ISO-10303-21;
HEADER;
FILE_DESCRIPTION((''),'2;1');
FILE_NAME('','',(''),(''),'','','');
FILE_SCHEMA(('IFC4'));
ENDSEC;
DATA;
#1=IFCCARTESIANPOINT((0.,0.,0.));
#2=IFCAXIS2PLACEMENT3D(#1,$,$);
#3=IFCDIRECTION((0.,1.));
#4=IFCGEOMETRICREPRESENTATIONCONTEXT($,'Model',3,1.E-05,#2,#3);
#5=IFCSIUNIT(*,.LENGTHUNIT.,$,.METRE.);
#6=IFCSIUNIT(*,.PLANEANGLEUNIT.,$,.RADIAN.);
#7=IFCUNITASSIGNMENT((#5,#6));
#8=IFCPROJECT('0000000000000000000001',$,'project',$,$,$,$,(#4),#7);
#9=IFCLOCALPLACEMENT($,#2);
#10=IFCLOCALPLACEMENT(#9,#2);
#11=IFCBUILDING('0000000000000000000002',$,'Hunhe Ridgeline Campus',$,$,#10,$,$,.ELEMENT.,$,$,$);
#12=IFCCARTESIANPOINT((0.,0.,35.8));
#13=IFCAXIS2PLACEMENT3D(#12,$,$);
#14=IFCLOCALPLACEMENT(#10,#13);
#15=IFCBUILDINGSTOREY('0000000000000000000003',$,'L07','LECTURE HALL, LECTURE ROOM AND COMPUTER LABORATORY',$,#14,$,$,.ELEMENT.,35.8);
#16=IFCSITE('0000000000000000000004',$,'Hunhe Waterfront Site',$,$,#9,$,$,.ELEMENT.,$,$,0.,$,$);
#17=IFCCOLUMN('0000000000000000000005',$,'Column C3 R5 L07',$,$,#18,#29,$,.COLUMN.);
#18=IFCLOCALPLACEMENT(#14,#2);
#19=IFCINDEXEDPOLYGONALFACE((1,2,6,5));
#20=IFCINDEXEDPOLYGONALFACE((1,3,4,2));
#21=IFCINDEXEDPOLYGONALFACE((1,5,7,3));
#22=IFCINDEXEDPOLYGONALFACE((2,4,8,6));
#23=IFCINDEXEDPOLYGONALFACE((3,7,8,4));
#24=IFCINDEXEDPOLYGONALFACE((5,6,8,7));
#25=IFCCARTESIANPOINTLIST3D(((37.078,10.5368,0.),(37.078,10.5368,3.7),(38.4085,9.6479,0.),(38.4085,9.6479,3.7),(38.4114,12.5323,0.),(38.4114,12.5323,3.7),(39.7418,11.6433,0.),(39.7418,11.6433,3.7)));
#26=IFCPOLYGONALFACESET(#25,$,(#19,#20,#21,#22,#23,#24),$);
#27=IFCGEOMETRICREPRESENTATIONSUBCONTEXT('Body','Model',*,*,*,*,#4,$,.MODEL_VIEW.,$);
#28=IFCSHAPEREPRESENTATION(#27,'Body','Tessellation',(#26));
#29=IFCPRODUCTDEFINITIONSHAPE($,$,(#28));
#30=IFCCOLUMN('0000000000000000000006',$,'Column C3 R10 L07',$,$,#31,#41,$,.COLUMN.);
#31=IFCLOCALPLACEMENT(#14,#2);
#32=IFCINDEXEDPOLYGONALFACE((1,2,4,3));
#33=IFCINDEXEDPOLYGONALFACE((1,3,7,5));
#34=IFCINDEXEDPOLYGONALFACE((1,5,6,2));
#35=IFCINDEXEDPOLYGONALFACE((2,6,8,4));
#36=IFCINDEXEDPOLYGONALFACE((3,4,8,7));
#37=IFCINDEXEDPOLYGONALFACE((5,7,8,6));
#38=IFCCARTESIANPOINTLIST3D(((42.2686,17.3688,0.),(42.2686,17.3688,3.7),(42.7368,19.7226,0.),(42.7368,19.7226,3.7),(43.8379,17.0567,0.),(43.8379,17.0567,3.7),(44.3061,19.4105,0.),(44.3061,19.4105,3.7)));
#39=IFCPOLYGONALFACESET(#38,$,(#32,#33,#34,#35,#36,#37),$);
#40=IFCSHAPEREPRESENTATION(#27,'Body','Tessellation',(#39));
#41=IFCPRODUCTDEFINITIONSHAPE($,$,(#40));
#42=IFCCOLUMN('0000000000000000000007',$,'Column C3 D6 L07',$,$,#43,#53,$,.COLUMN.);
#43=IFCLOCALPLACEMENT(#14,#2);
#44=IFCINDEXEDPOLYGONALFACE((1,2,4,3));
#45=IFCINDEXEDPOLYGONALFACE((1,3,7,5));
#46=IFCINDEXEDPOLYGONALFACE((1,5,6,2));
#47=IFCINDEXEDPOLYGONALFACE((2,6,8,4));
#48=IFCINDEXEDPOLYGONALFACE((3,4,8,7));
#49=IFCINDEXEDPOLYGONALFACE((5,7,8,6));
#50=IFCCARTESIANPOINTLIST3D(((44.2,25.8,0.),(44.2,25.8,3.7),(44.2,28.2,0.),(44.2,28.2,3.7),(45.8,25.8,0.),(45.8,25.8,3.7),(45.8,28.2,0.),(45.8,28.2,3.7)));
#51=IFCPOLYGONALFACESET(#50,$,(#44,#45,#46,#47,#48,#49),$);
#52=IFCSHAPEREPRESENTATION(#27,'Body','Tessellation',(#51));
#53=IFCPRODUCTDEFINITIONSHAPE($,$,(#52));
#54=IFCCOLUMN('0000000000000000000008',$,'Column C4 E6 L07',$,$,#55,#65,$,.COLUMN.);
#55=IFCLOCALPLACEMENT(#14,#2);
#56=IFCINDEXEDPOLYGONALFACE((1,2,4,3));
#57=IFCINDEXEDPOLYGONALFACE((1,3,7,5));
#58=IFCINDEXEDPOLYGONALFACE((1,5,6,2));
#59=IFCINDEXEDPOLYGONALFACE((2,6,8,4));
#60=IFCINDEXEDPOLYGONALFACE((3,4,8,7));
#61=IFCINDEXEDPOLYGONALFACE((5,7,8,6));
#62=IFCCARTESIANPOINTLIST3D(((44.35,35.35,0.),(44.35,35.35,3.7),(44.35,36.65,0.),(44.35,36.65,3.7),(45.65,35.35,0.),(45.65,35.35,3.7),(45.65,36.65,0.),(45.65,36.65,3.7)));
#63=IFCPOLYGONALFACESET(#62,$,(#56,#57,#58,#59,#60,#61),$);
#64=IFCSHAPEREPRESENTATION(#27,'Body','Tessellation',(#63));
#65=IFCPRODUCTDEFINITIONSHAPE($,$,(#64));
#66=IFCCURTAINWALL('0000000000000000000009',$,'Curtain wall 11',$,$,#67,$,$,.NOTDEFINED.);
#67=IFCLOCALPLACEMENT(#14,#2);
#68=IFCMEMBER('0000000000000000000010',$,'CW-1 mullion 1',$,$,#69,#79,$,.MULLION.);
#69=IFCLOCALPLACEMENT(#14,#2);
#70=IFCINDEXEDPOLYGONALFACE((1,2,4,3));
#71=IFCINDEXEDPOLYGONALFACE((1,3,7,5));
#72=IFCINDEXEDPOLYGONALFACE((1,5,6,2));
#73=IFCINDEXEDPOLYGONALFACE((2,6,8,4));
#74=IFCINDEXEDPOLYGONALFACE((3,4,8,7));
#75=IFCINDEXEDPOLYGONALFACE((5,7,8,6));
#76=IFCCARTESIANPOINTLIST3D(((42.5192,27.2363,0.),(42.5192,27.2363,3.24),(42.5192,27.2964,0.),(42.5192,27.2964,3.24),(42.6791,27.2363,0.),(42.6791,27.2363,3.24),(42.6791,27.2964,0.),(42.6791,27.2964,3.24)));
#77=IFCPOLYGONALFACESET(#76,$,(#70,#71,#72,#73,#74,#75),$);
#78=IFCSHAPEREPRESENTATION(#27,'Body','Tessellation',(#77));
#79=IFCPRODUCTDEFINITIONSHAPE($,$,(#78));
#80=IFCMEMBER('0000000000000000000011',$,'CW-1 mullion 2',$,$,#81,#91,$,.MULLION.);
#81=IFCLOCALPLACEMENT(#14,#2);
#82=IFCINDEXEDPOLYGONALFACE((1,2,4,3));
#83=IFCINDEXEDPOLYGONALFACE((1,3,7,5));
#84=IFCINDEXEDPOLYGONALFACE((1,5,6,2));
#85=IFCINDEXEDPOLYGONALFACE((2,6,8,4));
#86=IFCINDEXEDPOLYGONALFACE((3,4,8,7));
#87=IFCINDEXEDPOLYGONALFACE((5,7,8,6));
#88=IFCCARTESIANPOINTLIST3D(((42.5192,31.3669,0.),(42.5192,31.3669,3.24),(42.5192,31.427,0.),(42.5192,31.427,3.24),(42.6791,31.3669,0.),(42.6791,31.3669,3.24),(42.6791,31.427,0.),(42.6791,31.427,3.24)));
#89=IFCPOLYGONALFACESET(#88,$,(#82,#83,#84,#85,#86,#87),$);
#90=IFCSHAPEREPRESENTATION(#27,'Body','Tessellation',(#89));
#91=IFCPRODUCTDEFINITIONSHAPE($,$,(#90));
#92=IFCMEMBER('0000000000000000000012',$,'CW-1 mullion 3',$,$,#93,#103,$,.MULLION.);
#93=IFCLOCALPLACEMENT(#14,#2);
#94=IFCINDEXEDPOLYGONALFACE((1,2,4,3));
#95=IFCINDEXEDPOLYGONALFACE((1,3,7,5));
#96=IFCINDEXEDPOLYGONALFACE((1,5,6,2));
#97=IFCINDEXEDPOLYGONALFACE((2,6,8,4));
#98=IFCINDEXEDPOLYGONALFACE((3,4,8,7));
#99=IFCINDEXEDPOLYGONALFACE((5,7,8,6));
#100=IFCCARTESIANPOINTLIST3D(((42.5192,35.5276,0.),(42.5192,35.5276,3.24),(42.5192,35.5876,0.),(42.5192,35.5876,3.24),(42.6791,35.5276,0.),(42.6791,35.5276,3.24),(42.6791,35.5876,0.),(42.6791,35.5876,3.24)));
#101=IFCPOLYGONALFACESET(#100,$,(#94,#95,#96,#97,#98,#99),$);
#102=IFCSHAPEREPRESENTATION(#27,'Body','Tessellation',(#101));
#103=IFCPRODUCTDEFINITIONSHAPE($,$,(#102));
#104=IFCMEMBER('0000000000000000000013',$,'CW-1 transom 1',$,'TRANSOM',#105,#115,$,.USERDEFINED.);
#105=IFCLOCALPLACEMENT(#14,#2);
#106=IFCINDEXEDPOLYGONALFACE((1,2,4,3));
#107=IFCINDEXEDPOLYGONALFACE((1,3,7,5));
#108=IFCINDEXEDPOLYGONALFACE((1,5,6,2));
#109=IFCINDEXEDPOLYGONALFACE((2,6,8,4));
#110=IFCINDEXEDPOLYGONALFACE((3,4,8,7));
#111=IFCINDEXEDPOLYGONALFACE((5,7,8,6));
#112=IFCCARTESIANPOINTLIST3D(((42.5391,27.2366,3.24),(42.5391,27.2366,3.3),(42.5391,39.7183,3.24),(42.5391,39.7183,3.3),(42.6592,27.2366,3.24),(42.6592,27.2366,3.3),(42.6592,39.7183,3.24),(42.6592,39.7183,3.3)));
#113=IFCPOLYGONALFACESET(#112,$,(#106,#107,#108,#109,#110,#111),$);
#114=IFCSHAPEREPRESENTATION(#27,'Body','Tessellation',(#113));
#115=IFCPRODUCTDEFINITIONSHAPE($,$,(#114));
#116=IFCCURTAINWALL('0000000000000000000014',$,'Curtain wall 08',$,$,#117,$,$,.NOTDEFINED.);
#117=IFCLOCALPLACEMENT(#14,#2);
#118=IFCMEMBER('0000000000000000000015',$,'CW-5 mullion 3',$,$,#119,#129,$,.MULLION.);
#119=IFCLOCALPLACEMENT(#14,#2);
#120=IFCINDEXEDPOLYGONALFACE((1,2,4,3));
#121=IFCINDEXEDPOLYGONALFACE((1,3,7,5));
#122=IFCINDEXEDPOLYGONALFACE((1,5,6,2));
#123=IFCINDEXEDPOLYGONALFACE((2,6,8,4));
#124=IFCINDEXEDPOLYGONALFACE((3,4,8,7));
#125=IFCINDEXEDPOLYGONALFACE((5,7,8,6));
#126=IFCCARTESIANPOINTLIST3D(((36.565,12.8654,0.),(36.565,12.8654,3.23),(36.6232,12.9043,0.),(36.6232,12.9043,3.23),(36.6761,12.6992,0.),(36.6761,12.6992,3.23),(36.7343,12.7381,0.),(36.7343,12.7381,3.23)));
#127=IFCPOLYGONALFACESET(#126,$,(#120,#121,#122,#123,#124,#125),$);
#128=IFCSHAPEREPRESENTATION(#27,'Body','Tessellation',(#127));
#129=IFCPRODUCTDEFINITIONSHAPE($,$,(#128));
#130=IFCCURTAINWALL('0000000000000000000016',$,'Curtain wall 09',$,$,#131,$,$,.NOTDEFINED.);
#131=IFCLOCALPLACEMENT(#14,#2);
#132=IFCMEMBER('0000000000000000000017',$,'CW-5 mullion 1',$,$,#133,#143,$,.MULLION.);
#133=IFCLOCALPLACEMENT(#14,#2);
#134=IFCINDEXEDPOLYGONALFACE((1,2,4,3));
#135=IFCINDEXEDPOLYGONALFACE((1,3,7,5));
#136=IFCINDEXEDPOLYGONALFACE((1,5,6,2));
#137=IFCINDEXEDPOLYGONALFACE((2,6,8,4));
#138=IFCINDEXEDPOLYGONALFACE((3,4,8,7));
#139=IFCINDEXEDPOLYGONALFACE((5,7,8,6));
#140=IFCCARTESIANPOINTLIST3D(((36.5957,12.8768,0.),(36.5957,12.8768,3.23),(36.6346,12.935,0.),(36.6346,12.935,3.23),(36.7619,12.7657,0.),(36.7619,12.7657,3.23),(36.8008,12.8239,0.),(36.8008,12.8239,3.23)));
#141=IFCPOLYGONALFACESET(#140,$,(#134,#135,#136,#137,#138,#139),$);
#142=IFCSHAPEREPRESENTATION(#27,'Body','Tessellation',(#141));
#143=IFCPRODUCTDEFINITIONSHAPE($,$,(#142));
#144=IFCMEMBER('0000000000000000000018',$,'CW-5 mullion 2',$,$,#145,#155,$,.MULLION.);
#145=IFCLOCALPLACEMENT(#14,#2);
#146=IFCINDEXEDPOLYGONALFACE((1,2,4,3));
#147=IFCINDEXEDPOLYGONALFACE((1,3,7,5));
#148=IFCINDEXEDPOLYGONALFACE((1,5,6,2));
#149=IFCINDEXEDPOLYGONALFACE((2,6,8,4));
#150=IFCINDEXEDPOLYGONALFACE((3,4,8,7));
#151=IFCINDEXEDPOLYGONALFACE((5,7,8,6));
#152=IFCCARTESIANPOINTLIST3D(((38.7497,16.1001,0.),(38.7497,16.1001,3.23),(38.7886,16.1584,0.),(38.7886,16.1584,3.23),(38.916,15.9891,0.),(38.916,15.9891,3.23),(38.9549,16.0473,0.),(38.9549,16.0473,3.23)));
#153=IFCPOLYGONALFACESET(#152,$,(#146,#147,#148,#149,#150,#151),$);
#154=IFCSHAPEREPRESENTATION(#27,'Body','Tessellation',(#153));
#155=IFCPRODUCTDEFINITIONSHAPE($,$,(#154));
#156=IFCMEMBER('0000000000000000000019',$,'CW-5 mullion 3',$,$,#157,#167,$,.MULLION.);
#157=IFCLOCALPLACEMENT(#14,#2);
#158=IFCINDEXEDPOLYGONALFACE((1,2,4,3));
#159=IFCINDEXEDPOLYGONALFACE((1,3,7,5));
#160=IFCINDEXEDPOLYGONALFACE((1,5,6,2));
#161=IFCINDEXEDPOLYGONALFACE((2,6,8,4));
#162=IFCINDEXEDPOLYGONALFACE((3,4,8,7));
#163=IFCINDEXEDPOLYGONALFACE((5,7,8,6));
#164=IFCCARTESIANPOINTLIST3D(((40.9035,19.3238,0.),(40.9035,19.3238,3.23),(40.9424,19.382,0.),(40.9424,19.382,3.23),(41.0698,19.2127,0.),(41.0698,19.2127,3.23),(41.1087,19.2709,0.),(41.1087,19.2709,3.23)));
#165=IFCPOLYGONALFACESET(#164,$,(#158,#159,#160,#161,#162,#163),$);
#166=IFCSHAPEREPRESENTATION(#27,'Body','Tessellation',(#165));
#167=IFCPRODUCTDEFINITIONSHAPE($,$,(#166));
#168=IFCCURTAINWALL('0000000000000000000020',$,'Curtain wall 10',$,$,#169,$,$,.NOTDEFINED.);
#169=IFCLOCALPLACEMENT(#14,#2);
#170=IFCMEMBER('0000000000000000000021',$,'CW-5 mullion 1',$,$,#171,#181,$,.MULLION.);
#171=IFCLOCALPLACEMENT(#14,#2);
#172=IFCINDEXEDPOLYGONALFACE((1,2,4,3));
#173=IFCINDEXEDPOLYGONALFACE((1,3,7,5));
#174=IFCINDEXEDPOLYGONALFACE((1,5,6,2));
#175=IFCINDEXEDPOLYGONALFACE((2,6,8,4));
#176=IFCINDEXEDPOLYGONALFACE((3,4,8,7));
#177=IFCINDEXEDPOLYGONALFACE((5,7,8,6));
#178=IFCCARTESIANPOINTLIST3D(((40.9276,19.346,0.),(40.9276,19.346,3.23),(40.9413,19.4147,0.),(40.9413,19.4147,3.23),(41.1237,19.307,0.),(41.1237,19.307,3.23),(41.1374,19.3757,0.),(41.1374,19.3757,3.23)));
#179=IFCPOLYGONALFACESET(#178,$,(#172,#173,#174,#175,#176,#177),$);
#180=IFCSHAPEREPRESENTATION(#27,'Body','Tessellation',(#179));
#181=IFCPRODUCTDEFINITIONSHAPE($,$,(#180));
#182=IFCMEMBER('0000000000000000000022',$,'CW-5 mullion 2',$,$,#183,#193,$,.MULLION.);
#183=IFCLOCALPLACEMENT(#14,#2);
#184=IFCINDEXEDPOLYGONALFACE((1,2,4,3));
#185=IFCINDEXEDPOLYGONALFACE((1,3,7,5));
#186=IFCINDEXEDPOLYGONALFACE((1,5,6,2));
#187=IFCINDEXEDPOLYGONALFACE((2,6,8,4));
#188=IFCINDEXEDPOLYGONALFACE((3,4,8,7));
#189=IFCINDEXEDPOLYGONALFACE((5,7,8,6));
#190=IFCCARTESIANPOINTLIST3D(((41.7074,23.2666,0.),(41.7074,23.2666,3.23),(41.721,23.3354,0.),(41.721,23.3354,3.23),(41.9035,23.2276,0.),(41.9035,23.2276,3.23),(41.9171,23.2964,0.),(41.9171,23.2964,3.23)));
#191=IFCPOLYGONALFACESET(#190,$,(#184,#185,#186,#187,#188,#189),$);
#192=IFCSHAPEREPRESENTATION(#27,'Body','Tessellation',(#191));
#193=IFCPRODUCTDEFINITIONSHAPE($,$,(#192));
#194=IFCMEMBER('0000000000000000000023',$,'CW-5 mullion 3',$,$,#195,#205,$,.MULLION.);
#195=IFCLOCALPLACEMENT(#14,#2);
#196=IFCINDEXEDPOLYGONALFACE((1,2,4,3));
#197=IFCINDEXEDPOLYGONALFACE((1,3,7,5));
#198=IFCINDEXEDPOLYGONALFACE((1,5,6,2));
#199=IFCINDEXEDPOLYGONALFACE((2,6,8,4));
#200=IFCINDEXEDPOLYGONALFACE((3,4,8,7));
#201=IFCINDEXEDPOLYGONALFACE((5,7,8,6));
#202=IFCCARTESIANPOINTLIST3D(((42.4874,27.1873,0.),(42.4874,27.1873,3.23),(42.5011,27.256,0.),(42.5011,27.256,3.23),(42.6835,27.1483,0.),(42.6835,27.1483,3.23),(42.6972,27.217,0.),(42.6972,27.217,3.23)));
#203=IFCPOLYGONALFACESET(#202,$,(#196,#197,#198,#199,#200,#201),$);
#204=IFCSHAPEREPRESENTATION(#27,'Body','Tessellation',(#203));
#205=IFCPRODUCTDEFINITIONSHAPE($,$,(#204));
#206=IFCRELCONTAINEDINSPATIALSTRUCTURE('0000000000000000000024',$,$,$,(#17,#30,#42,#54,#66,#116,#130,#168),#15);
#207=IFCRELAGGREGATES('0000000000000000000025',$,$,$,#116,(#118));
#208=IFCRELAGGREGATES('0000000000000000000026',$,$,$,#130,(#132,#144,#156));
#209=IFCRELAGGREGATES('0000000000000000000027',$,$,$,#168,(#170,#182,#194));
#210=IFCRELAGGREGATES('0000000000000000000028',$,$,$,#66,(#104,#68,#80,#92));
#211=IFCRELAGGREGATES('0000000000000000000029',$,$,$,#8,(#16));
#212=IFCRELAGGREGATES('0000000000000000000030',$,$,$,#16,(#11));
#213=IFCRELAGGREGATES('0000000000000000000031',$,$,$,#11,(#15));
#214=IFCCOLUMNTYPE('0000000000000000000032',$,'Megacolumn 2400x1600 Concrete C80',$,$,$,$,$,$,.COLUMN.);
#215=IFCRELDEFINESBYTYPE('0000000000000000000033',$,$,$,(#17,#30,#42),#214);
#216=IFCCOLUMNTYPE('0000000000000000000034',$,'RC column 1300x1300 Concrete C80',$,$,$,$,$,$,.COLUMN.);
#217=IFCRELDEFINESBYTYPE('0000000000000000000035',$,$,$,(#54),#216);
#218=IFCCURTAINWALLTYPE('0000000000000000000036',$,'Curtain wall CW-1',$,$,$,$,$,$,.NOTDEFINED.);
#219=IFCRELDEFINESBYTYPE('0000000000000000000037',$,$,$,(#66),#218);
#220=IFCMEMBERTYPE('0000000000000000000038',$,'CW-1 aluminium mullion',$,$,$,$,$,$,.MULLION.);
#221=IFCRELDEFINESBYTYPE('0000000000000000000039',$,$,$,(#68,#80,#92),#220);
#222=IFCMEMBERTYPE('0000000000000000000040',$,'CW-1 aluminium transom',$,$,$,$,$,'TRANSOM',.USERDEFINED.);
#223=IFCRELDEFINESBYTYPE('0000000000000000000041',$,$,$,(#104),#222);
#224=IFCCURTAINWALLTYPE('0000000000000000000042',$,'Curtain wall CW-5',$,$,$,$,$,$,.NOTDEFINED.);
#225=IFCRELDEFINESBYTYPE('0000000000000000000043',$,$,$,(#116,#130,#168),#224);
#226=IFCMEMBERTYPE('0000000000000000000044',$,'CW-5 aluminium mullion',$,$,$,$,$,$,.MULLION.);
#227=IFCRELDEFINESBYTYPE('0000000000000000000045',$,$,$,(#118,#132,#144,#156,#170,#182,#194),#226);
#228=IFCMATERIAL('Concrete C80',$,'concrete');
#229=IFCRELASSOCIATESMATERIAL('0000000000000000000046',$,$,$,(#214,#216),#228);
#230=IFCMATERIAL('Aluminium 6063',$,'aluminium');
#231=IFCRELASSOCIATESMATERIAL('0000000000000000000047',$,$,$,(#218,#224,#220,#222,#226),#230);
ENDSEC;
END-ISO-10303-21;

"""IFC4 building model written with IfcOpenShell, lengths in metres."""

from ifc_helpers import new_model, si_unit, direction, frame, origin, origin_2d, place, context, subcontext, project, spatial, rectangle, extrude, material, material_profile, profile_set, type_object, element, aggregate, save


model = new_model("IFC4")

# Units and contexts
model_context = context("Model", 3, precision=1e-05, world=origin(), true_north=direction((0.0, 1.0)))
body_context = subcontext(model_context, "Body", "Model", "MODEL_VIEW")
ifc_project = project(units=[si_unit("LENGTHUNIT", "METRE"), si_unit("PLANEANGLEUNIT", "RADIAN")], contexts=[model_context])

# Site, building, storey
site_placement = place(None, origin())
site = spatial("IfcSite", under=ifc_project, at=site_placement, Name="Hunhe Waterfront Site", CompositionType="ELEMENT", RefElevation=0.0)
building_placement = place(site_placement, origin())
building = spatial("IfcBuilding", under=site, at=building_placement, Name="Hunhe Ridgeline Campus", CompositionType="ELEMENT")
storey_placement = place(building_placement, frame((0.0, 0.0, 35.8)))
storey = spatial("IfcBuildingStorey", under=building, at=storey_placement, Name="L07", Description="LECTURE HALL, LECTURE ROOM AND COMPUTER LABORATORY", CompositionType="ELEMENT", Elevation=35.8)

# Columns
ifc_material_1 = material(Name="Concrete C80", Category="concrete")
ifc_material_profile_1 = material_profile(ifc_material_1, rectangle(XDim=2.3999, YDim=1.6001, at=origin_2d()))
ifc_profile_set_1 = profile_set([ifc_material_profile_1], Name="Concrete C80")
column_type_1 = type_object("IfcColumnType", Name="Megacolumn 2400x1600 Concrete C80", PredefinedType="COLUMN", material=ifc_profile_set_1)
for number, where, z_axis, x_axis, name in (
    (1, (38.4099, 11.0901, 0.0), (0.0, 0.0, 1.0), (0.55557, 0.83147, 0.0), "Column C3 R5 L07"),
    (2, (43.2874, 18.3896, 0.0), (0.0, 0.0, 1.0), (0.19509, 0.980785, 0.0), "Column C3 R10 L07"),
    (3, (45.0, 27.0, 0.0), (0.0, 0.0, 1.0), (0.0, 1.0, 0.0), "Column C3 D6 L07"),
):
    element("IfcColumn", number, at=place(storey_placement, frame(where, z_axis=z_axis, x_axis=x_axis)), inside=storey, type_object=column_type_1, Name=name, PredefinedType="COLUMN", context=body_context, shape_type="SweptSolid", body=[
        extrude(rectangle(XDim=2.3999, YDim=1.6001, at=origin_2d()), origin(), (0.0, 0.0, 1.0), 3.7),
    ])
ifc_material_profile_2 = material_profile(ifc_material_1, rectangle(XDim=1.3, YDim=1.3, at=origin_2d()))
ifc_profile_set_2 = profile_set([ifc_material_profile_2], Name="Concrete C80")
column_type_2 = type_object("IfcColumnType", Name="RC column 1300x1300 Concrete C80", PredefinedType="COLUMN", material=ifc_profile_set_2)
column_placement = place(storey_placement, frame((45.0, 36.0, 0.0), z_axis=(0.0, 0.0, 1.0), x_axis=(1.0, 0.0, 0.0)))
element("IfcColumn", 4, at=column_placement, inside=storey, type_object=column_type_2, Name="Column C4 E6 L07", PredefinedType="COLUMN", context=body_context, shape_type="SweptSolid", body=[
    extrude(rectangle(XDim=1.3, YDim=1.3, at=origin_2d()), origin(), (0.0, 0.0, 1.0), 3.7),
])

# Curtain wall, members
ifc_material_2 = material(Name="Aluminium 6063", Category="aluminium")
curtain_wall_type_1 = type_object("IfcCurtainWallType", Name="Curtain wall CW-1", PredefinedType="NOTDEFINED", material=ifc_material_2)
curtain_wall_1_placement = place(storey_placement, origin())
curtain_wall_1 = element("IfcCurtainWall", 5, at=curtain_wall_1_placement, inside=storey, type_object=curtain_wall_type_1, Name="Curtain wall 11", PredefinedType="NOTDEFINED")
ifc_material_profile_3 = material_profile(ifc_material_2, rectangle(XDim=0.1599, YDim=0.0601, at=origin_2d()))
ifc_profile_set_3 = profile_set([ifc_material_profile_3], Name="Aluminium 6063")
member_type_1 = type_object("IfcMemberType", Name="CW-1 aluminium mullion", PredefinedType="MULLION", material=ifc_profile_set_3)
member_1_placement = place(storey_placement, frame((42.5991, 27.2664, 0.0), z_axis=(0.0, 0.0, 1.0), x_axis=(-1.0, 0.0, 0.0)))
member_1 = element("IfcMember", 6, at=member_1_placement, type_object=member_type_1, Name="CW-1 mullion 1", PredefinedType="MULLION", context=body_context, shape_type="SweptSolid", body=[
    extrude(rectangle(XDim=0.1599, YDim=0.0601, at=origin_2d()), origin(), (0.0, 0.0, 1.0), 3.24),
])
member_2_placement = place(storey_placement, frame((42.5991, 31.397, 0.0), z_axis=(0.0, 0.0, 1.0), x_axis=(-1.0, 0.0, 0.0)))
member_2 = element("IfcMember", 7, at=member_2_placement, type_object=member_type_1, Name="CW-1 mullion 2", PredefinedType="MULLION", context=body_context, shape_type="SweptSolid", body=[
    extrude(rectangle(XDim=0.1599, YDim=0.0601, at=origin_2d()), origin(), (0.0, 0.0, 1.0), 3.24),
])
member_3_placement = place(storey_placement, frame((42.5991, 35.5576, 0.0), z_axis=(0.0, 0.0, 1.0), x_axis=(-1.0, 0.0, 0.0)))
member_3 = element("IfcMember", 8, at=member_3_placement, type_object=member_type_1, Name="CW-1 mullion 3", PredefinedType="MULLION", context=body_context, shape_type="SweptSolid", body=[
    extrude(rectangle(XDim=0.1599, YDim=0.0601, at=origin_2d()), origin(), (0.0, 0.0, 1.0), 3.24),
])
ifc_material_profile_4 = material_profile(ifc_material_2, rectangle(XDim=0.1201, YDim=0.0601, at=origin_2d()))
ifc_profile_set_4 = profile_set([ifc_material_profile_4], Name="Aluminium 6063")
member_type_2 = type_object("IfcMemberType", Name="CW-1 aluminium transom", ElementType="TRANSOM", PredefinedType="USERDEFINED", material=ifc_profile_set_4)
member_4_placement = place(storey_placement, frame((42.5991, 27.2366, 3.27), z_axis=(0.0, 1.0, 0.0), x_axis=(-1.0, 0.0, 0.0)))
member_4 = element("IfcMember", 9, at=member_4_placement, type_object=member_type_2, Name="CW-1 transom 1", ObjectType="TRANSOM", PredefinedType="USERDEFINED", context=body_context, shape_type="SweptSolid", body=[
    extrude(rectangle(XDim=0.1201, YDim=0.0601, at=origin_2d()), origin(), (0.0, 0.0, 1.0), 12.4817),
])

# Curtain wall, member
curtain_wall_type_2 = type_object("IfcCurtainWallType", Name="Curtain wall CW-5", PredefinedType="NOTDEFINED", material=ifc_material_2)
curtain_wall_2_placement = place(storey_placement, origin())
curtain_wall_2 = element("IfcCurtainWall", 10, at=curtain_wall_2_placement, inside=storey, type_object=curtain_wall_type_2, Name="Curtain wall 08", PredefinedType="NOTDEFINED")
ifc_material_profile_5 = material_profile(ifc_material_2, rectangle(XDim=0.2, YDim=0.0701, at=origin_2d()))
ifc_profile_set_5 = profile_set([ifc_material_profile_5], Name="Aluminium 6063")
member_type_3 = type_object("IfcMemberType", Name="CW-5 aluminium mullion", PredefinedType="MULLION", material=ifc_profile_set_5)
member_5_placement = place(storey_placement, frame((36.6497, 12.8018, 0.0), z_axis=(0.0, 0.0, 1.0), x_axis=(-0.55557, 0.83147, 0.0)))
member_5 = element("IfcMember", 11, at=member_5_placement, type_object=member_type_3, Name="CW-5 mullion 3", PredefinedType="MULLION", context=body_context, shape_type="SweptSolid", body=[
    extrude(rectangle(XDim=0.2, YDim=0.0701, at=origin_2d()), origin(), (0.0, 0.0, 1.0), 3.23),
])
aggregate(curtain_wall_2, [member_5])

# Curtain walls, members
curtain_wall_3_placement = place(storey_placement, origin())
curtain_wall_3 = element("IfcCurtainWall", 12, at=curtain_wall_3_placement, inside=storey, type_object=curtain_wall_type_2, Name="Curtain wall 09", PredefinedType="NOTDEFINED")
member_6_placement = place(storey_placement, frame((36.6982, 12.8503, 0.0), z_axis=(0.0, 0.0, 1.0), x_axis=(-0.83147, 0.55557, 0.0)))
member_6 = element("IfcMember", 13, at=member_6_placement, type_object=member_type_3, Name="CW-5 mullion 1", PredefinedType="MULLION", context=body_context, shape_type="SweptSolid", body=[
    extrude(rectangle(XDim=0.2, YDim=0.0701, at=origin_2d()), origin(), (0.0, 0.0, 1.0), 3.23),
])
member_7_placement = place(storey_placement, frame((38.8523, 16.0737, 0.0), z_axis=(0.0, 0.0, 1.0), x_axis=(-0.83147, 0.55557, 0.0)))
member_7 = element("IfcMember", 14, at=member_7_placement, type_object=member_type_3, Name="CW-5 mullion 2", PredefinedType="MULLION", context=body_context, shape_type="SweptSolid", body=[
    extrude(rectangle(XDim=0.2, YDim=0.0701, at=origin_2d()), origin(), (0.0, 0.0, 1.0), 3.23),
])
member_8_placement = place(storey_placement, frame((41.0061, 19.2974, 0.0), z_axis=(0.0, 0.0, 1.0), x_axis=(-0.83147, 0.55557, 0.0)))
member_8 = element("IfcMember", 15, at=member_8_placement, type_object=member_type_3, Name="CW-5 mullion 3", PredefinedType="MULLION", context=body_context, shape_type="SweptSolid", body=[
    extrude(rectangle(XDim=0.2, YDim=0.0701, at=origin_2d()), origin(), (0.0, 0.0, 1.0), 3.23),
])
curtain_wall_4_placement = place(storey_placement, origin())
curtain_wall_4 = element("IfcCurtainWall", 16, at=curtain_wall_4_placement, inside=storey, type_object=curtain_wall_type_2, Name="Curtain wall 10", PredefinedType="NOTDEFINED")
member_9_placement = place(storey_placement, frame((41.0325, 19.3608, 0.0), z_axis=(0.0, 0.0, 1.0), x_axis=(-0.980785, 0.19509, 0.0)))
member_9 = element("IfcMember", 17, at=member_9_placement, type_object=member_type_3, Name="CW-5 mullion 1", PredefinedType="MULLION", context=body_context, shape_type="SweptSolid", body=[
    extrude(rectangle(XDim=0.2, YDim=0.0701, at=origin_2d()), origin(), (0.0, 0.0, 1.0), 3.23),
])
member_10_placement = place(storey_placement, frame((41.8123, 23.2815, 0.0), z_axis=(0.0, 0.0, 1.0), x_axis=(-0.980785, 0.19509, 0.0)))
member_10 = element("IfcMember", 18, at=member_10_placement, type_object=member_type_3, Name="CW-5 mullion 2", PredefinedType="MULLION", context=body_context, shape_type="SweptSolid", body=[
    extrude(rectangle(XDim=0.2, YDim=0.0701, at=origin_2d()), origin(), (0.0, 0.0, 1.0), 3.23),
])
member_11_placement = place(storey_placement, frame((42.5923, 27.2021, 0.0), z_axis=(0.0, 0.0, 1.0), x_axis=(-0.980785, 0.19509, 0.0)))
member_11 = element("IfcMember", 19, at=member_11_placement, type_object=member_type_3, Name="CW-5 mullion 3", PredefinedType="MULLION", context=body_context, shape_type="SweptSolid", body=[
    extrude(rectangle(XDim=0.2, YDim=0.0701, at=origin_2d()), origin(), (0.0, 0.0, 1.0), 3.23),
])

aggregate(curtain_wall_3, [member_6, member_7, member_8])
aggregate(curtain_wall_4, [member_9, member_10, member_11])
aggregate(curtain_wall_1, [member_4, member_1, member_2, member_3])

save(model, "model.ifc")
